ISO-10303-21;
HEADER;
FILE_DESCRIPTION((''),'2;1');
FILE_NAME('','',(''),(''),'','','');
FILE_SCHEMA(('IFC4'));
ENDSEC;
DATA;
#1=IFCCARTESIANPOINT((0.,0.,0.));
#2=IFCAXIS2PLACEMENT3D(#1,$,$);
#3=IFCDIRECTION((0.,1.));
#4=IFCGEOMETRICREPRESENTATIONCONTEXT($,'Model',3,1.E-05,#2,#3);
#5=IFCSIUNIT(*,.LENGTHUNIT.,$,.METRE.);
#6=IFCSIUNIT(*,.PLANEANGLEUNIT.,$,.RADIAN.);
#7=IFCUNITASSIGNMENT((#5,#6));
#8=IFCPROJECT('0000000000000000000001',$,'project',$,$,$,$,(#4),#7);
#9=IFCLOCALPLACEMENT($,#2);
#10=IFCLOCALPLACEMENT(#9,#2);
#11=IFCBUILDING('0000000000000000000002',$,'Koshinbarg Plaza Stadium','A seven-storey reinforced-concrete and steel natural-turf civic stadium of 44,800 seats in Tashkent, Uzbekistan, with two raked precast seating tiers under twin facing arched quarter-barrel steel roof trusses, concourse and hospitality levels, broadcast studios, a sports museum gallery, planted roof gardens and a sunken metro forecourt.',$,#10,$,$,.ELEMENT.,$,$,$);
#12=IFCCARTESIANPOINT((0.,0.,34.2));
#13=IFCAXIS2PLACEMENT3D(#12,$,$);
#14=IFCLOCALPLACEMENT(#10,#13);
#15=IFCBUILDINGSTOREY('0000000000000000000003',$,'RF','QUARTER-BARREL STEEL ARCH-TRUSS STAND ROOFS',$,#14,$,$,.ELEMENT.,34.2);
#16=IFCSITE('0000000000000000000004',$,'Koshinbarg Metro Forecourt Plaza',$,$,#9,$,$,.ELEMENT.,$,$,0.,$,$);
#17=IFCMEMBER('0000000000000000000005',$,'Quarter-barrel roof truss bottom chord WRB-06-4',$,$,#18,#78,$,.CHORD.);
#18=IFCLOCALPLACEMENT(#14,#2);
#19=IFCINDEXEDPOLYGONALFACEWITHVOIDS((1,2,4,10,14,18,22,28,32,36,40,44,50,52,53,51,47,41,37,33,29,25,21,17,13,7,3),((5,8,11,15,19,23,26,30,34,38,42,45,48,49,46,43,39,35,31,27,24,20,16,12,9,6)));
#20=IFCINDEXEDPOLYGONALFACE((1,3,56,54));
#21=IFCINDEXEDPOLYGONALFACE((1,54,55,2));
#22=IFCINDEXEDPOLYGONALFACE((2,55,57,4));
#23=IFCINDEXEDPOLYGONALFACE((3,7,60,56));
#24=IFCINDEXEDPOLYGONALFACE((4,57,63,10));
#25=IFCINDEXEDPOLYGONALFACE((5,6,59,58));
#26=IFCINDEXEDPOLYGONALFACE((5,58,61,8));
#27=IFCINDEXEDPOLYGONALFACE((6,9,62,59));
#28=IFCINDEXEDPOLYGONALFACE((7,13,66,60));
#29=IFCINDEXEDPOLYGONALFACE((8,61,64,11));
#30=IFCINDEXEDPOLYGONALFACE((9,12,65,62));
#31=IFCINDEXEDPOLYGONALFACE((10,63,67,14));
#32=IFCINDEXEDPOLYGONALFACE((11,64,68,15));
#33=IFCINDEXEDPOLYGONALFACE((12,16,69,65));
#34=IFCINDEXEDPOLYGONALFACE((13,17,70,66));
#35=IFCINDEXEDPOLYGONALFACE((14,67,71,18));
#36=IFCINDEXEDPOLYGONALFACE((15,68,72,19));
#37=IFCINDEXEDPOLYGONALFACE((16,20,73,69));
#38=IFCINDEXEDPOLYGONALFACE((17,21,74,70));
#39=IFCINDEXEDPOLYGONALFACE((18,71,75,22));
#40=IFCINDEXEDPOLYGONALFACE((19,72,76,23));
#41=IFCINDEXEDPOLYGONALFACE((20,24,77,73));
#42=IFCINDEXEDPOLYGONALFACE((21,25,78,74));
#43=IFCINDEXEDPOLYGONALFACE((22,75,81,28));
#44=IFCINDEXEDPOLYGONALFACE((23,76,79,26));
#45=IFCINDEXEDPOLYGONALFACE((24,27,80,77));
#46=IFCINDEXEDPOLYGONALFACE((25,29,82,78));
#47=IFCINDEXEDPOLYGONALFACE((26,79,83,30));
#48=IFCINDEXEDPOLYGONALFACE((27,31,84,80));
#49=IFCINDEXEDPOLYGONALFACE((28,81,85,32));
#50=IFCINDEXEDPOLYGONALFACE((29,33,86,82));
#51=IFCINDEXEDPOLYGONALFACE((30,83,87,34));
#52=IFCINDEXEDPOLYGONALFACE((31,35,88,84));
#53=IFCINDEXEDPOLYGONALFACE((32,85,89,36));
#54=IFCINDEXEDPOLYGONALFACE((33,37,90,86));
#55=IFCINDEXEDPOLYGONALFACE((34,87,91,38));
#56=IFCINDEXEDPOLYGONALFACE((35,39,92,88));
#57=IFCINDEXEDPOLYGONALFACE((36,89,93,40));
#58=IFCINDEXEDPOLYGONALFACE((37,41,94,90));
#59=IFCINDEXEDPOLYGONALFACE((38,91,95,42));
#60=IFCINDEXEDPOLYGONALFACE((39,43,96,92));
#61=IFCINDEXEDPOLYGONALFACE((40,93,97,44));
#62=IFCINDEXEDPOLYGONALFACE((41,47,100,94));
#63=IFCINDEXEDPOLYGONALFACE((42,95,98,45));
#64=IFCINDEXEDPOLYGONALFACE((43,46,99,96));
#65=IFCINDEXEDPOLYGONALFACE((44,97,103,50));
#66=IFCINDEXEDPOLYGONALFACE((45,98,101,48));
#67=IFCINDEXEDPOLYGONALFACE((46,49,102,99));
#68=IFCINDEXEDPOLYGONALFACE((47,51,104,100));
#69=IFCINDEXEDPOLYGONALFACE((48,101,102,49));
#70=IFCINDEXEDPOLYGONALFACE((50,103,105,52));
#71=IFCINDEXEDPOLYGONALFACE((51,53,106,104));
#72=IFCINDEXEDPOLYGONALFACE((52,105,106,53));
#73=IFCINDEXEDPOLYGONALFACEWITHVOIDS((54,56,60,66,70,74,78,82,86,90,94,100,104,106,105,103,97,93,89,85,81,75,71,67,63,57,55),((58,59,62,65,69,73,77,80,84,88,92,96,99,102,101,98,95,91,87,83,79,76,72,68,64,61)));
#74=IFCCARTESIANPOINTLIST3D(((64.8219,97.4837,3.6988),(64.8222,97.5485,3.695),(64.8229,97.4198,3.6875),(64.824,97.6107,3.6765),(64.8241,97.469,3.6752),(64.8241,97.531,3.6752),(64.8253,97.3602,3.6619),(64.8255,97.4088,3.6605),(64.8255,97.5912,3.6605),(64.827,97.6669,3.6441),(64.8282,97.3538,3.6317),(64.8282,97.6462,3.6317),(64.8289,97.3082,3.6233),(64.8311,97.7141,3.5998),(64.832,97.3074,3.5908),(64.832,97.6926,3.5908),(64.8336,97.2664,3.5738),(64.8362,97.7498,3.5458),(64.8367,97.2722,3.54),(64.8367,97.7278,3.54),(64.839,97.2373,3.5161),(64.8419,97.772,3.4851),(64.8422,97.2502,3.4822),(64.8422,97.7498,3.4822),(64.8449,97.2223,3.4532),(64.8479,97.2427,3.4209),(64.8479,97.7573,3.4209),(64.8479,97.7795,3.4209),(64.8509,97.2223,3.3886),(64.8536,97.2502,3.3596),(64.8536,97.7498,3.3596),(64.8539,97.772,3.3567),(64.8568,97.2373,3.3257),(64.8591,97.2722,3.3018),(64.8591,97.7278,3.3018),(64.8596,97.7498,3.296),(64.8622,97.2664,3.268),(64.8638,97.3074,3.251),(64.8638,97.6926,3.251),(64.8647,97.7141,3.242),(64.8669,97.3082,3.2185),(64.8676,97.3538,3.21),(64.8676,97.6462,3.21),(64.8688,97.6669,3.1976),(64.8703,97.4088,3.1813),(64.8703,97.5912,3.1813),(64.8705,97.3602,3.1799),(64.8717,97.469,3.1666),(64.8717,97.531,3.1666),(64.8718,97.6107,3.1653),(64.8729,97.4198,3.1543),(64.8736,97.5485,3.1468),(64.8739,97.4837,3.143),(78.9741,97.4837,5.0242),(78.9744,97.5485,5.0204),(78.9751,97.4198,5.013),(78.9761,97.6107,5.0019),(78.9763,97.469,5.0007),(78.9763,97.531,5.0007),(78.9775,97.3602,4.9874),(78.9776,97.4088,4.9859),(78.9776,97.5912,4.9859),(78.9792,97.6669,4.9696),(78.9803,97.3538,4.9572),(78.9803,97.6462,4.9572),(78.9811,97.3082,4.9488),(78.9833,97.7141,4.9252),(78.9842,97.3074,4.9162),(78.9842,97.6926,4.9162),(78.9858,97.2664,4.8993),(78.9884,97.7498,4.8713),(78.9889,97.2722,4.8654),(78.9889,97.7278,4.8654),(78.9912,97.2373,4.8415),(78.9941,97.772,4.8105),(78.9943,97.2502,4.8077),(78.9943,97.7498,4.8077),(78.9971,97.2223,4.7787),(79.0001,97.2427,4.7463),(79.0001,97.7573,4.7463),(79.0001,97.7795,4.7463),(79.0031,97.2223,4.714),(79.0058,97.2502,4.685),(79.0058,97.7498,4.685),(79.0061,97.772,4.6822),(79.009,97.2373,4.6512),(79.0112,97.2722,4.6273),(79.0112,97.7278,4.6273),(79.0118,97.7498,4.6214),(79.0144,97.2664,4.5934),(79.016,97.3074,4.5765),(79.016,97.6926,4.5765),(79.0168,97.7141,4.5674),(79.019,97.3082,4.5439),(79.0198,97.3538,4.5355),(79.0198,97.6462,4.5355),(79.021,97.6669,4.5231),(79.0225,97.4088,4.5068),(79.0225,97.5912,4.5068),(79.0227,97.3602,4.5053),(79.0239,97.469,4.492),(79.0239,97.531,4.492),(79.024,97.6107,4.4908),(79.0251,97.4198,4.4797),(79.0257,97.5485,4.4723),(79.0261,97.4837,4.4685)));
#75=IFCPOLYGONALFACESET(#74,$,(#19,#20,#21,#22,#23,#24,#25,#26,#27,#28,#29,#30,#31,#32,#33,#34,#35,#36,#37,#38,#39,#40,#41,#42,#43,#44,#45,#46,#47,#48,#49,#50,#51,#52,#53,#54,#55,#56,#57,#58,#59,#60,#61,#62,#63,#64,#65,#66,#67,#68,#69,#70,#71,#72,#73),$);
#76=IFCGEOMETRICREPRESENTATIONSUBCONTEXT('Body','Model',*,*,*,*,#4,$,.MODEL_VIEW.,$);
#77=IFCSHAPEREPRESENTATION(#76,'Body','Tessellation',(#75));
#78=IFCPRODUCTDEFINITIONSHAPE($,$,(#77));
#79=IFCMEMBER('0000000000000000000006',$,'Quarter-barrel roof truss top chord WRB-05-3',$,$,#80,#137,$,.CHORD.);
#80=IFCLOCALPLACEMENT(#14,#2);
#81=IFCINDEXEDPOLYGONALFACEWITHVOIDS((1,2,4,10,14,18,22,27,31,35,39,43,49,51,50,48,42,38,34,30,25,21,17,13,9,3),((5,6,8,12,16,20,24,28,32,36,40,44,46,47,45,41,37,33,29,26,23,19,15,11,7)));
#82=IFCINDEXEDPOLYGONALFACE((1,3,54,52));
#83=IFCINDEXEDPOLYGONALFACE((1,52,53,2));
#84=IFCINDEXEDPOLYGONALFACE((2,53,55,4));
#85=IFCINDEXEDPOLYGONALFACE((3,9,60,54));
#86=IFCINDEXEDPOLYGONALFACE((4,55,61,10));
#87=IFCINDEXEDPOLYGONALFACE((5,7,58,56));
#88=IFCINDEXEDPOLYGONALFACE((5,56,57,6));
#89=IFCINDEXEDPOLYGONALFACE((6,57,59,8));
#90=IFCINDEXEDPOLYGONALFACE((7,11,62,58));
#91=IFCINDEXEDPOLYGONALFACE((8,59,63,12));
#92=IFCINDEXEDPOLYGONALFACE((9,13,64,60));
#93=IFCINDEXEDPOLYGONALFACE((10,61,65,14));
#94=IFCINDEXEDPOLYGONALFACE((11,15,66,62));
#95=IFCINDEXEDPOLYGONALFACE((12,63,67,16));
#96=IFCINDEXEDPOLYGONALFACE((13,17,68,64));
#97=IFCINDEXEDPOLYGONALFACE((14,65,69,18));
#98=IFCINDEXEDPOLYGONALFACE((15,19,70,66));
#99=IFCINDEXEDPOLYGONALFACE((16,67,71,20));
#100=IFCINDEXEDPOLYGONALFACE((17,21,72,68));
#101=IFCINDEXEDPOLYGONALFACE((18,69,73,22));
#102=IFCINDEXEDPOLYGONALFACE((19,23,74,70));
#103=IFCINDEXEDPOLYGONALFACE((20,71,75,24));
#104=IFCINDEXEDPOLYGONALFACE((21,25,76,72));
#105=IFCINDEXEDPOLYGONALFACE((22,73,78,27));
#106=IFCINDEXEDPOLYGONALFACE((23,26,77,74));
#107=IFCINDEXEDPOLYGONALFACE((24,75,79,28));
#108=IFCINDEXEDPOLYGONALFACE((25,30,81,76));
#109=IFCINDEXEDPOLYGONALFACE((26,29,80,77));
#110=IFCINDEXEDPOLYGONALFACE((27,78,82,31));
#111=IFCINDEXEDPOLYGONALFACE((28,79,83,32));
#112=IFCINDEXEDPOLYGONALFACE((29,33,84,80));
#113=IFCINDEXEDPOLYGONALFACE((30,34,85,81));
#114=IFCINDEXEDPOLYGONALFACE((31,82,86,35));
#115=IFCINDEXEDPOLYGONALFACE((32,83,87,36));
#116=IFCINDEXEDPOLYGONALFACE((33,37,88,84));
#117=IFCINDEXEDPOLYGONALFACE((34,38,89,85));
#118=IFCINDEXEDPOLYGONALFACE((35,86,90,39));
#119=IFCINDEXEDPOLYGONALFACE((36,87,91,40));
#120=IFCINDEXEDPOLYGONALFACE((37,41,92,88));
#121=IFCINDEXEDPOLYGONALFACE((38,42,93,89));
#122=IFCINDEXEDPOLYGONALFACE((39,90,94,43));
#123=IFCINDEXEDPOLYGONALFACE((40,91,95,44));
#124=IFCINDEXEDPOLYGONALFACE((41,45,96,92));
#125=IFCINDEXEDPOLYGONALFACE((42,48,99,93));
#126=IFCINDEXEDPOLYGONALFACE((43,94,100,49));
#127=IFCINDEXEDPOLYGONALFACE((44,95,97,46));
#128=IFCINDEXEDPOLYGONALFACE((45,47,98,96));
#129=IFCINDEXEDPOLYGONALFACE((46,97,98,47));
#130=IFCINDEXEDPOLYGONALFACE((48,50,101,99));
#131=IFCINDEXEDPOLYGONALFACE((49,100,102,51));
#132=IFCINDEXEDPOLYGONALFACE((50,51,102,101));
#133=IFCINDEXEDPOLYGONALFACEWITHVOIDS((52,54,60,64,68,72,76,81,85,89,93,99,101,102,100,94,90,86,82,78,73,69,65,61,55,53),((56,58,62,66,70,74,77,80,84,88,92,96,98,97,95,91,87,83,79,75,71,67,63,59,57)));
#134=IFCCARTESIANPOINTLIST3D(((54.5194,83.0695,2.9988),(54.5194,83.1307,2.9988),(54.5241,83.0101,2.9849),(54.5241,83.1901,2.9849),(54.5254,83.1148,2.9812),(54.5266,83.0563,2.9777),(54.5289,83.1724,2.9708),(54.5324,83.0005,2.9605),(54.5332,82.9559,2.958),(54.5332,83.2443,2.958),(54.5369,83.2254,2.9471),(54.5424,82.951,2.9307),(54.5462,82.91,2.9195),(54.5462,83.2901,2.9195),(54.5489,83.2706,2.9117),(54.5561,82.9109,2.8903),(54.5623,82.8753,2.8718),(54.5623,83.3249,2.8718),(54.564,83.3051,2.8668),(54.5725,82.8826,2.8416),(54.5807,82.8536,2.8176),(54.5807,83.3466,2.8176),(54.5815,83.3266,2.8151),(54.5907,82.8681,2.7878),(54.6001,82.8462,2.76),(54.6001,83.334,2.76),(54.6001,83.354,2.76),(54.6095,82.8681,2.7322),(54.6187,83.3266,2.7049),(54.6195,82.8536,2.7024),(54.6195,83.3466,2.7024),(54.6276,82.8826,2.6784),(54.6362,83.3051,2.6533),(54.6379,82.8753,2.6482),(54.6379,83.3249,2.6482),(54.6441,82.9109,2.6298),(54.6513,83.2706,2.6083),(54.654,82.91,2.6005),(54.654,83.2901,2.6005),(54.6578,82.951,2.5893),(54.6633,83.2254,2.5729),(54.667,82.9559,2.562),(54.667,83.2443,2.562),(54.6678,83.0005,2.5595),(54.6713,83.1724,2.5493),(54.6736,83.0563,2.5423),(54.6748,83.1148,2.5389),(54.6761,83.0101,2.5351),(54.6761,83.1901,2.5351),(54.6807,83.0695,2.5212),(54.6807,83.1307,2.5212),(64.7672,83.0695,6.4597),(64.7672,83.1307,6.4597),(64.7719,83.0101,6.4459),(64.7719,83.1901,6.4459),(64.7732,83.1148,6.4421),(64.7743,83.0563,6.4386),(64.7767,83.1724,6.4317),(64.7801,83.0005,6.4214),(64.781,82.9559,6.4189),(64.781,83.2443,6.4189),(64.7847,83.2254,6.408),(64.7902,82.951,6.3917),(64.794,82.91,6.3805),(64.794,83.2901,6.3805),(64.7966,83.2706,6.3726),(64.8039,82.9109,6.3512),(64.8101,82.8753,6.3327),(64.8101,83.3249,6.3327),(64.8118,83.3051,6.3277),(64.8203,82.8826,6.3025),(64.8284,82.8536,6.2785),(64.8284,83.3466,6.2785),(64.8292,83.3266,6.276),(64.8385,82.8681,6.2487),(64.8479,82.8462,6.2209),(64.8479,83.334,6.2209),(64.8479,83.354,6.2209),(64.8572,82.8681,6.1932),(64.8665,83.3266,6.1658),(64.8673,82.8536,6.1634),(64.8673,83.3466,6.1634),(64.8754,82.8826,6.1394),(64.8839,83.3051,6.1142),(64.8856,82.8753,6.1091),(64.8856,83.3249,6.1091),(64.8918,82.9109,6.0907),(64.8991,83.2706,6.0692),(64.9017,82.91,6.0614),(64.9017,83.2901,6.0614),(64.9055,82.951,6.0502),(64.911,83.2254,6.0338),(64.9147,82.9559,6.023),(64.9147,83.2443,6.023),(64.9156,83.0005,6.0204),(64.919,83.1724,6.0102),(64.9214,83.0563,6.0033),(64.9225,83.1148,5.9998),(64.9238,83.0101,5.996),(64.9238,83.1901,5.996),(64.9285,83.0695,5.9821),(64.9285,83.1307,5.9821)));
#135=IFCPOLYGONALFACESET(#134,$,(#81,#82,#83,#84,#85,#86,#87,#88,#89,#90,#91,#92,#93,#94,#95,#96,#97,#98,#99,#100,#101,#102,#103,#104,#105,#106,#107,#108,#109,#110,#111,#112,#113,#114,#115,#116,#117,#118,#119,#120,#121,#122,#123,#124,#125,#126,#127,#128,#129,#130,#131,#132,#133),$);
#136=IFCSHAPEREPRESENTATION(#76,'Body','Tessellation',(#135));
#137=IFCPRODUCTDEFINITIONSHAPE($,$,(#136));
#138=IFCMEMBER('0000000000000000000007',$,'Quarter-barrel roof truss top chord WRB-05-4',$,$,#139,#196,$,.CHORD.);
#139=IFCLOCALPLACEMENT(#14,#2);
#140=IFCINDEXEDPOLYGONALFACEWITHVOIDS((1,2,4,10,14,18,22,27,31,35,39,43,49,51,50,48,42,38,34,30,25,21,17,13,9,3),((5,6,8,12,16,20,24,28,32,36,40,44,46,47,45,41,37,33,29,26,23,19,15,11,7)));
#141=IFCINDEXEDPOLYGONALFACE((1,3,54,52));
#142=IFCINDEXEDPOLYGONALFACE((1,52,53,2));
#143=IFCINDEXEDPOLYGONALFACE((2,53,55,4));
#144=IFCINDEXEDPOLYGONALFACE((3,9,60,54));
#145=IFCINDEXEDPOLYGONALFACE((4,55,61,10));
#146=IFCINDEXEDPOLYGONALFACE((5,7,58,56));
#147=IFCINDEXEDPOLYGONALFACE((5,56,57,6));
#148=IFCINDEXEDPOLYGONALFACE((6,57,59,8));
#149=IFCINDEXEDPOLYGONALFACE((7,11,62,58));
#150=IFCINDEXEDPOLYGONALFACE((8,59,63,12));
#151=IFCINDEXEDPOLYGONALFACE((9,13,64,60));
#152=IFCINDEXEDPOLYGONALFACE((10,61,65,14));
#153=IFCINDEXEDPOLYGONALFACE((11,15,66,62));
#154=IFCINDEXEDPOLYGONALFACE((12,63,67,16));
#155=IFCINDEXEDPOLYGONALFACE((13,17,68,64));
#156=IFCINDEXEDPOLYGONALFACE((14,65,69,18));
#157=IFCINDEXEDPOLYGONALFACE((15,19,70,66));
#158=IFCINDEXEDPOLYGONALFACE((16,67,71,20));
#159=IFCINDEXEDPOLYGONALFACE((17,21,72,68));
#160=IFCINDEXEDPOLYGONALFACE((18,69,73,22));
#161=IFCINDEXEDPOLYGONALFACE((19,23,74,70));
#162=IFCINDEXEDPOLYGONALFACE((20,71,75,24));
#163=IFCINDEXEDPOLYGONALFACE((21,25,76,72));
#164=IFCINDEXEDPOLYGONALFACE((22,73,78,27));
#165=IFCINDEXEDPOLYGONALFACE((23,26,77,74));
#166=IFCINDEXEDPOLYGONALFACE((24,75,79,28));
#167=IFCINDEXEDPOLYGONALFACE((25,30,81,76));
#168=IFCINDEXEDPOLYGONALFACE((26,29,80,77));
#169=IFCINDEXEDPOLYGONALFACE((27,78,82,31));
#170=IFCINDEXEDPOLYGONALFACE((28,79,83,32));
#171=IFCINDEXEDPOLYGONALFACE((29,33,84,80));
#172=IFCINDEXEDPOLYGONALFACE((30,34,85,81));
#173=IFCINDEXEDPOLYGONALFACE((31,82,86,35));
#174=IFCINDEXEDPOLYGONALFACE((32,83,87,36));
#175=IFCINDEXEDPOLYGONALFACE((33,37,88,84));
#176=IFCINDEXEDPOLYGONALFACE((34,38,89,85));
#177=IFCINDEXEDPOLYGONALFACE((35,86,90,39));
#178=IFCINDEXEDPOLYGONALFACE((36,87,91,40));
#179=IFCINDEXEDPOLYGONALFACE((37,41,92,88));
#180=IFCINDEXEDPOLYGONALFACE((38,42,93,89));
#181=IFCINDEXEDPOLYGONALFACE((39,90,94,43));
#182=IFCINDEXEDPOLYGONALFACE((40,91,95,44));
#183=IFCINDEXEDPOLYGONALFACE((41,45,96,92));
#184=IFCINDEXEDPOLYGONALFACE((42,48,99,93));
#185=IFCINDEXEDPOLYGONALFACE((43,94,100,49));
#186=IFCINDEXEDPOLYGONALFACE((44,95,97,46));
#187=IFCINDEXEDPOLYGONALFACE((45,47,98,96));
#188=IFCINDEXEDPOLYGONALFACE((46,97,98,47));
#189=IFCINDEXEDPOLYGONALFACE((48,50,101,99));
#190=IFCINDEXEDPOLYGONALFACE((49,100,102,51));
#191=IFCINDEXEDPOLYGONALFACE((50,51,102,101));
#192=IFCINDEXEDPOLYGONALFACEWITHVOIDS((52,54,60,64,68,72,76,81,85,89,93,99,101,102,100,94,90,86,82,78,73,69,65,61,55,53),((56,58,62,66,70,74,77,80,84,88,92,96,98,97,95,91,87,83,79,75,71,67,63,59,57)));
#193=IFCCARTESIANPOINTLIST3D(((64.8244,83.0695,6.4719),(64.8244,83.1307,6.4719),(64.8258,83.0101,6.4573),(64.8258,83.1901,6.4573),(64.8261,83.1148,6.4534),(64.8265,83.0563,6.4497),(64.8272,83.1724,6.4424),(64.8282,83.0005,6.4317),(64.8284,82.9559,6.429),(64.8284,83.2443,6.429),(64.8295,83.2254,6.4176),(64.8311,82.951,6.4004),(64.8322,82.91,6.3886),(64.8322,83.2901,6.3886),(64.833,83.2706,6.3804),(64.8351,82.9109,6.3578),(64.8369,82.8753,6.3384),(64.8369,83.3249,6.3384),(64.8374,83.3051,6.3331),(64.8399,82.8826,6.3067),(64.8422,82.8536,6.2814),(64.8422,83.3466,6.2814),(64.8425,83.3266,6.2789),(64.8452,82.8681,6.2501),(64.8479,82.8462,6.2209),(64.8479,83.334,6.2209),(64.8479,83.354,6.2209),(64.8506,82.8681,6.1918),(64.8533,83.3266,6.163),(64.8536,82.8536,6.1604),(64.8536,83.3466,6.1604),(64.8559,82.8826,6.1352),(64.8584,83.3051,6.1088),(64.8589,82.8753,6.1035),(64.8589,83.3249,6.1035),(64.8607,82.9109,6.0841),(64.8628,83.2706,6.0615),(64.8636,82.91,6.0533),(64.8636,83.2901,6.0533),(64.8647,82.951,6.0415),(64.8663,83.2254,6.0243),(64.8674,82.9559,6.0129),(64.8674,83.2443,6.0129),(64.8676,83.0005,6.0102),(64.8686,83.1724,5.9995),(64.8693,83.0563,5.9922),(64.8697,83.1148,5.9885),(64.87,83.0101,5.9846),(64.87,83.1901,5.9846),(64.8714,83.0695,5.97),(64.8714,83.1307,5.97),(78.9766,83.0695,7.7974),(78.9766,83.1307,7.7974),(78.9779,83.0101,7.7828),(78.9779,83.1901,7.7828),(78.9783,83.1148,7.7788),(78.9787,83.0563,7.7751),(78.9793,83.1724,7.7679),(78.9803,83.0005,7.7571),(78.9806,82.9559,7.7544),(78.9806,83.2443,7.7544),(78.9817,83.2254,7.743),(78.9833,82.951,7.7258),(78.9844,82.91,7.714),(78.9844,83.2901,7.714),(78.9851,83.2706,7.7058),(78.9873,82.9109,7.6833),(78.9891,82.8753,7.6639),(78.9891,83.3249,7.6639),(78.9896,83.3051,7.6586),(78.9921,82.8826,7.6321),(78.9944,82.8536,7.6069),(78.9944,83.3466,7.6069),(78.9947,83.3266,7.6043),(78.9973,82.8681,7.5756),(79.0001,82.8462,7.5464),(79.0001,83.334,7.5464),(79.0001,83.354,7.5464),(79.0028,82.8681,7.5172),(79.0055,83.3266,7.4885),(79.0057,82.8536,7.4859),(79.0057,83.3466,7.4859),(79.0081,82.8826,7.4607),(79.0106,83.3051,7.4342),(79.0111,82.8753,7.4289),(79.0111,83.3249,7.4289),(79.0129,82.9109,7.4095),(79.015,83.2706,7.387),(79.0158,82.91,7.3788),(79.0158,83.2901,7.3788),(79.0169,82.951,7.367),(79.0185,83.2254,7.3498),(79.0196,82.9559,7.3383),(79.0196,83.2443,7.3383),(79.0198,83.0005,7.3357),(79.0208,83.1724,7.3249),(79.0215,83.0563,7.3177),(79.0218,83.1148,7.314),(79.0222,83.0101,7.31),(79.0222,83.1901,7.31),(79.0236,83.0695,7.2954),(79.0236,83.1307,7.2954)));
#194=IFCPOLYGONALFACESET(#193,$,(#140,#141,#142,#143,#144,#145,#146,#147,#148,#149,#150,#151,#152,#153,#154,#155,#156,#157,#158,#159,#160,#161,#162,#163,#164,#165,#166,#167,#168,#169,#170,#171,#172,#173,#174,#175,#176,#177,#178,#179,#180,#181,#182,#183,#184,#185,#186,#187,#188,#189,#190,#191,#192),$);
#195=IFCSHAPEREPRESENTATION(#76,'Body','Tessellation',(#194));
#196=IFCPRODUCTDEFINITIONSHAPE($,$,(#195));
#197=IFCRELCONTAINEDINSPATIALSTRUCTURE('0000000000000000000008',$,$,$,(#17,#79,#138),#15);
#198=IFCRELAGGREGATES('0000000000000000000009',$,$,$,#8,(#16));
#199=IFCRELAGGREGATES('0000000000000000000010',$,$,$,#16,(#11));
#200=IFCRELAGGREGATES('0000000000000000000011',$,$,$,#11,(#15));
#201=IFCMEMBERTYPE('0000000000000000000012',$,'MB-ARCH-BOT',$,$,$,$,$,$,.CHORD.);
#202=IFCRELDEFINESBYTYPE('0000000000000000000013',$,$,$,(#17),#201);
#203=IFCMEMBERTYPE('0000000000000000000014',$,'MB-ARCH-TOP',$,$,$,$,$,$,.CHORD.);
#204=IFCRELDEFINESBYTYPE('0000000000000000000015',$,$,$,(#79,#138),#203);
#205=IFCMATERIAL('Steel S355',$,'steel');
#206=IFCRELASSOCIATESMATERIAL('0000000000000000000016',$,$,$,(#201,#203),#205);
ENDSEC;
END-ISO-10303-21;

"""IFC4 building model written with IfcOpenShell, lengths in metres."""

from ifc_helpers import new_model, si_unit, direction, frame, origin, origin_2d, place, context, subcontext, project, spatial, hollow_circle, extrude, material, material_profile, profile_set, type_object, element, save


model = new_model("IFC4")

# Units and contexts
model_context = context("Model", 3, precision=1e-05, world=origin(), true_north=direction((0.0, 1.0)))
body_context = subcontext(model_context, "Body", "Model", "MODEL_VIEW")
ifc_project = project(units=[si_unit("LENGTHUNIT", "METRE"), si_unit("PLANEANGLEUNIT", "RADIAN")], contexts=[model_context])

# Site, building, storey
site_placement = place(None, origin())
site = spatial("IfcSite", under=ifc_project, at=site_placement, Name="Koshinbarg Metro Forecourt Plaza", CompositionType="ELEMENT", RefElevation=0.0)
building_placement = place(site_placement, origin())
building = spatial("IfcBuilding", under=site, at=building_placement, Name="Koshinbarg Plaza Stadium", Description="A seven-storey reinforced-concrete and steel natural-turf civic stadium of 44,800 seats in Tashkent, Uzbekistan, with two raked precast seating tiers under twin facing arched quarter-barrel steel roof trusses, concourse and hospitality levels, broadcast studios, a sports museum gallery, planted roof gardens and a sunken metro forecourt.", CompositionType="ELEMENT")
storey_placement = place(building_placement, frame((0.0, 0.0, 34.2)))
storey = spatial("IfcBuildingStorey", under=building, at=storey_placement, Name="RF", Description="QUARTER-BARREL STEEL ARCH-TRUSS STAND ROOFS", CompositionType="ELEMENT", Elevation=34.2)

# Members
ifc_material_1 = material(Name="Steel S355", Category="steel")
ifc_material_profile_1 = material_profile(ifc_material_1, hollow_circle(Radius=0.2795, WallThickness=0.0222, at=origin_2d()), Name="CHS 559x22.2")
ifc_profile_set_1 = profile_set([ifc_material_profile_1], Name="Steel S355")
member_type_1 = type_object("IfcMemberType", Name="MB-ARCH-BOT", PredefinedType="CHORD", material=ifc_profile_set_1)
member_1_placement = place(storey_placement, frame((64.8479, 97.5, 3.4209), z_axis=(0.995643, 0.0, 0.093249), x_axis=(0.0, 1.0, 0.0)))
element("IfcMember", 1, at=member_1_placement, inside=storey, type_object=member_type_1, Name="Quarter-barrel roof truss bottom chord WRB-06-4", PredefinedType="CHORD", context=body_context, shape_type="SweptSolid", body=[
    extrude(hollow_circle(Radius=0.2795, WallThickness=0.0222, at=origin_2d()), origin(), (0.0, 0.0, 1.0), 14.2141),
])
ifc_material_profile_2 = material_profile(ifc_material_1, hollow_circle(Radius=0.2539, WallThickness=0.02, at=origin_2d()), Name="CHS 508x20")
ifc_profile_set_2 = profile_set([ifc_material_profile_2], Name="Steel S355")
member_type_2 = type_object("IfcMemberType", Name="MB-ARCH-TOP", PredefinedType="CHORD", material=ifc_profile_set_2)
member_2_placement = place(storey_placement, frame((54.6001, 83.1001, 2.76), z_axis=(0.947428, 0.0, 0.31997), x_axis=(0.0, 1.0, 0.0)))
element("IfcMember", 2, at=member_2_placement, inside=storey, type_object=member_type_2, Name="Quarter-barrel roof truss top chord WRB-05-3", PredefinedType="CHORD", context=body_context, shape_type="SweptSolid", body=[
    extrude(hollow_circle(Radius=0.2539, WallThickness=0.02, at=origin_2d()), origin(), (0.0, 0.0, 1.0), 10.8164),
])
member_3_placement = place(storey_placement, frame((64.8479, 83.1001, 6.2209), z_axis=(0.995643, 0.0, 0.093249), x_axis=(0.0, 1.0, 0.0)))
element("IfcMember", 3, at=member_3_placement, inside=storey, type_object=member_type_2, Name="Quarter-barrel roof truss top chord WRB-05-4", PredefinedType="CHORD", context=body_context, shape_type="SweptSolid", body=[
    extrude(hollow_circle(Radius=0.2539, WallThickness=0.02, at=origin_2d()), origin(), (0.0, 0.0, 1.0), 14.2141),
])

save(model, "model.ifc")
